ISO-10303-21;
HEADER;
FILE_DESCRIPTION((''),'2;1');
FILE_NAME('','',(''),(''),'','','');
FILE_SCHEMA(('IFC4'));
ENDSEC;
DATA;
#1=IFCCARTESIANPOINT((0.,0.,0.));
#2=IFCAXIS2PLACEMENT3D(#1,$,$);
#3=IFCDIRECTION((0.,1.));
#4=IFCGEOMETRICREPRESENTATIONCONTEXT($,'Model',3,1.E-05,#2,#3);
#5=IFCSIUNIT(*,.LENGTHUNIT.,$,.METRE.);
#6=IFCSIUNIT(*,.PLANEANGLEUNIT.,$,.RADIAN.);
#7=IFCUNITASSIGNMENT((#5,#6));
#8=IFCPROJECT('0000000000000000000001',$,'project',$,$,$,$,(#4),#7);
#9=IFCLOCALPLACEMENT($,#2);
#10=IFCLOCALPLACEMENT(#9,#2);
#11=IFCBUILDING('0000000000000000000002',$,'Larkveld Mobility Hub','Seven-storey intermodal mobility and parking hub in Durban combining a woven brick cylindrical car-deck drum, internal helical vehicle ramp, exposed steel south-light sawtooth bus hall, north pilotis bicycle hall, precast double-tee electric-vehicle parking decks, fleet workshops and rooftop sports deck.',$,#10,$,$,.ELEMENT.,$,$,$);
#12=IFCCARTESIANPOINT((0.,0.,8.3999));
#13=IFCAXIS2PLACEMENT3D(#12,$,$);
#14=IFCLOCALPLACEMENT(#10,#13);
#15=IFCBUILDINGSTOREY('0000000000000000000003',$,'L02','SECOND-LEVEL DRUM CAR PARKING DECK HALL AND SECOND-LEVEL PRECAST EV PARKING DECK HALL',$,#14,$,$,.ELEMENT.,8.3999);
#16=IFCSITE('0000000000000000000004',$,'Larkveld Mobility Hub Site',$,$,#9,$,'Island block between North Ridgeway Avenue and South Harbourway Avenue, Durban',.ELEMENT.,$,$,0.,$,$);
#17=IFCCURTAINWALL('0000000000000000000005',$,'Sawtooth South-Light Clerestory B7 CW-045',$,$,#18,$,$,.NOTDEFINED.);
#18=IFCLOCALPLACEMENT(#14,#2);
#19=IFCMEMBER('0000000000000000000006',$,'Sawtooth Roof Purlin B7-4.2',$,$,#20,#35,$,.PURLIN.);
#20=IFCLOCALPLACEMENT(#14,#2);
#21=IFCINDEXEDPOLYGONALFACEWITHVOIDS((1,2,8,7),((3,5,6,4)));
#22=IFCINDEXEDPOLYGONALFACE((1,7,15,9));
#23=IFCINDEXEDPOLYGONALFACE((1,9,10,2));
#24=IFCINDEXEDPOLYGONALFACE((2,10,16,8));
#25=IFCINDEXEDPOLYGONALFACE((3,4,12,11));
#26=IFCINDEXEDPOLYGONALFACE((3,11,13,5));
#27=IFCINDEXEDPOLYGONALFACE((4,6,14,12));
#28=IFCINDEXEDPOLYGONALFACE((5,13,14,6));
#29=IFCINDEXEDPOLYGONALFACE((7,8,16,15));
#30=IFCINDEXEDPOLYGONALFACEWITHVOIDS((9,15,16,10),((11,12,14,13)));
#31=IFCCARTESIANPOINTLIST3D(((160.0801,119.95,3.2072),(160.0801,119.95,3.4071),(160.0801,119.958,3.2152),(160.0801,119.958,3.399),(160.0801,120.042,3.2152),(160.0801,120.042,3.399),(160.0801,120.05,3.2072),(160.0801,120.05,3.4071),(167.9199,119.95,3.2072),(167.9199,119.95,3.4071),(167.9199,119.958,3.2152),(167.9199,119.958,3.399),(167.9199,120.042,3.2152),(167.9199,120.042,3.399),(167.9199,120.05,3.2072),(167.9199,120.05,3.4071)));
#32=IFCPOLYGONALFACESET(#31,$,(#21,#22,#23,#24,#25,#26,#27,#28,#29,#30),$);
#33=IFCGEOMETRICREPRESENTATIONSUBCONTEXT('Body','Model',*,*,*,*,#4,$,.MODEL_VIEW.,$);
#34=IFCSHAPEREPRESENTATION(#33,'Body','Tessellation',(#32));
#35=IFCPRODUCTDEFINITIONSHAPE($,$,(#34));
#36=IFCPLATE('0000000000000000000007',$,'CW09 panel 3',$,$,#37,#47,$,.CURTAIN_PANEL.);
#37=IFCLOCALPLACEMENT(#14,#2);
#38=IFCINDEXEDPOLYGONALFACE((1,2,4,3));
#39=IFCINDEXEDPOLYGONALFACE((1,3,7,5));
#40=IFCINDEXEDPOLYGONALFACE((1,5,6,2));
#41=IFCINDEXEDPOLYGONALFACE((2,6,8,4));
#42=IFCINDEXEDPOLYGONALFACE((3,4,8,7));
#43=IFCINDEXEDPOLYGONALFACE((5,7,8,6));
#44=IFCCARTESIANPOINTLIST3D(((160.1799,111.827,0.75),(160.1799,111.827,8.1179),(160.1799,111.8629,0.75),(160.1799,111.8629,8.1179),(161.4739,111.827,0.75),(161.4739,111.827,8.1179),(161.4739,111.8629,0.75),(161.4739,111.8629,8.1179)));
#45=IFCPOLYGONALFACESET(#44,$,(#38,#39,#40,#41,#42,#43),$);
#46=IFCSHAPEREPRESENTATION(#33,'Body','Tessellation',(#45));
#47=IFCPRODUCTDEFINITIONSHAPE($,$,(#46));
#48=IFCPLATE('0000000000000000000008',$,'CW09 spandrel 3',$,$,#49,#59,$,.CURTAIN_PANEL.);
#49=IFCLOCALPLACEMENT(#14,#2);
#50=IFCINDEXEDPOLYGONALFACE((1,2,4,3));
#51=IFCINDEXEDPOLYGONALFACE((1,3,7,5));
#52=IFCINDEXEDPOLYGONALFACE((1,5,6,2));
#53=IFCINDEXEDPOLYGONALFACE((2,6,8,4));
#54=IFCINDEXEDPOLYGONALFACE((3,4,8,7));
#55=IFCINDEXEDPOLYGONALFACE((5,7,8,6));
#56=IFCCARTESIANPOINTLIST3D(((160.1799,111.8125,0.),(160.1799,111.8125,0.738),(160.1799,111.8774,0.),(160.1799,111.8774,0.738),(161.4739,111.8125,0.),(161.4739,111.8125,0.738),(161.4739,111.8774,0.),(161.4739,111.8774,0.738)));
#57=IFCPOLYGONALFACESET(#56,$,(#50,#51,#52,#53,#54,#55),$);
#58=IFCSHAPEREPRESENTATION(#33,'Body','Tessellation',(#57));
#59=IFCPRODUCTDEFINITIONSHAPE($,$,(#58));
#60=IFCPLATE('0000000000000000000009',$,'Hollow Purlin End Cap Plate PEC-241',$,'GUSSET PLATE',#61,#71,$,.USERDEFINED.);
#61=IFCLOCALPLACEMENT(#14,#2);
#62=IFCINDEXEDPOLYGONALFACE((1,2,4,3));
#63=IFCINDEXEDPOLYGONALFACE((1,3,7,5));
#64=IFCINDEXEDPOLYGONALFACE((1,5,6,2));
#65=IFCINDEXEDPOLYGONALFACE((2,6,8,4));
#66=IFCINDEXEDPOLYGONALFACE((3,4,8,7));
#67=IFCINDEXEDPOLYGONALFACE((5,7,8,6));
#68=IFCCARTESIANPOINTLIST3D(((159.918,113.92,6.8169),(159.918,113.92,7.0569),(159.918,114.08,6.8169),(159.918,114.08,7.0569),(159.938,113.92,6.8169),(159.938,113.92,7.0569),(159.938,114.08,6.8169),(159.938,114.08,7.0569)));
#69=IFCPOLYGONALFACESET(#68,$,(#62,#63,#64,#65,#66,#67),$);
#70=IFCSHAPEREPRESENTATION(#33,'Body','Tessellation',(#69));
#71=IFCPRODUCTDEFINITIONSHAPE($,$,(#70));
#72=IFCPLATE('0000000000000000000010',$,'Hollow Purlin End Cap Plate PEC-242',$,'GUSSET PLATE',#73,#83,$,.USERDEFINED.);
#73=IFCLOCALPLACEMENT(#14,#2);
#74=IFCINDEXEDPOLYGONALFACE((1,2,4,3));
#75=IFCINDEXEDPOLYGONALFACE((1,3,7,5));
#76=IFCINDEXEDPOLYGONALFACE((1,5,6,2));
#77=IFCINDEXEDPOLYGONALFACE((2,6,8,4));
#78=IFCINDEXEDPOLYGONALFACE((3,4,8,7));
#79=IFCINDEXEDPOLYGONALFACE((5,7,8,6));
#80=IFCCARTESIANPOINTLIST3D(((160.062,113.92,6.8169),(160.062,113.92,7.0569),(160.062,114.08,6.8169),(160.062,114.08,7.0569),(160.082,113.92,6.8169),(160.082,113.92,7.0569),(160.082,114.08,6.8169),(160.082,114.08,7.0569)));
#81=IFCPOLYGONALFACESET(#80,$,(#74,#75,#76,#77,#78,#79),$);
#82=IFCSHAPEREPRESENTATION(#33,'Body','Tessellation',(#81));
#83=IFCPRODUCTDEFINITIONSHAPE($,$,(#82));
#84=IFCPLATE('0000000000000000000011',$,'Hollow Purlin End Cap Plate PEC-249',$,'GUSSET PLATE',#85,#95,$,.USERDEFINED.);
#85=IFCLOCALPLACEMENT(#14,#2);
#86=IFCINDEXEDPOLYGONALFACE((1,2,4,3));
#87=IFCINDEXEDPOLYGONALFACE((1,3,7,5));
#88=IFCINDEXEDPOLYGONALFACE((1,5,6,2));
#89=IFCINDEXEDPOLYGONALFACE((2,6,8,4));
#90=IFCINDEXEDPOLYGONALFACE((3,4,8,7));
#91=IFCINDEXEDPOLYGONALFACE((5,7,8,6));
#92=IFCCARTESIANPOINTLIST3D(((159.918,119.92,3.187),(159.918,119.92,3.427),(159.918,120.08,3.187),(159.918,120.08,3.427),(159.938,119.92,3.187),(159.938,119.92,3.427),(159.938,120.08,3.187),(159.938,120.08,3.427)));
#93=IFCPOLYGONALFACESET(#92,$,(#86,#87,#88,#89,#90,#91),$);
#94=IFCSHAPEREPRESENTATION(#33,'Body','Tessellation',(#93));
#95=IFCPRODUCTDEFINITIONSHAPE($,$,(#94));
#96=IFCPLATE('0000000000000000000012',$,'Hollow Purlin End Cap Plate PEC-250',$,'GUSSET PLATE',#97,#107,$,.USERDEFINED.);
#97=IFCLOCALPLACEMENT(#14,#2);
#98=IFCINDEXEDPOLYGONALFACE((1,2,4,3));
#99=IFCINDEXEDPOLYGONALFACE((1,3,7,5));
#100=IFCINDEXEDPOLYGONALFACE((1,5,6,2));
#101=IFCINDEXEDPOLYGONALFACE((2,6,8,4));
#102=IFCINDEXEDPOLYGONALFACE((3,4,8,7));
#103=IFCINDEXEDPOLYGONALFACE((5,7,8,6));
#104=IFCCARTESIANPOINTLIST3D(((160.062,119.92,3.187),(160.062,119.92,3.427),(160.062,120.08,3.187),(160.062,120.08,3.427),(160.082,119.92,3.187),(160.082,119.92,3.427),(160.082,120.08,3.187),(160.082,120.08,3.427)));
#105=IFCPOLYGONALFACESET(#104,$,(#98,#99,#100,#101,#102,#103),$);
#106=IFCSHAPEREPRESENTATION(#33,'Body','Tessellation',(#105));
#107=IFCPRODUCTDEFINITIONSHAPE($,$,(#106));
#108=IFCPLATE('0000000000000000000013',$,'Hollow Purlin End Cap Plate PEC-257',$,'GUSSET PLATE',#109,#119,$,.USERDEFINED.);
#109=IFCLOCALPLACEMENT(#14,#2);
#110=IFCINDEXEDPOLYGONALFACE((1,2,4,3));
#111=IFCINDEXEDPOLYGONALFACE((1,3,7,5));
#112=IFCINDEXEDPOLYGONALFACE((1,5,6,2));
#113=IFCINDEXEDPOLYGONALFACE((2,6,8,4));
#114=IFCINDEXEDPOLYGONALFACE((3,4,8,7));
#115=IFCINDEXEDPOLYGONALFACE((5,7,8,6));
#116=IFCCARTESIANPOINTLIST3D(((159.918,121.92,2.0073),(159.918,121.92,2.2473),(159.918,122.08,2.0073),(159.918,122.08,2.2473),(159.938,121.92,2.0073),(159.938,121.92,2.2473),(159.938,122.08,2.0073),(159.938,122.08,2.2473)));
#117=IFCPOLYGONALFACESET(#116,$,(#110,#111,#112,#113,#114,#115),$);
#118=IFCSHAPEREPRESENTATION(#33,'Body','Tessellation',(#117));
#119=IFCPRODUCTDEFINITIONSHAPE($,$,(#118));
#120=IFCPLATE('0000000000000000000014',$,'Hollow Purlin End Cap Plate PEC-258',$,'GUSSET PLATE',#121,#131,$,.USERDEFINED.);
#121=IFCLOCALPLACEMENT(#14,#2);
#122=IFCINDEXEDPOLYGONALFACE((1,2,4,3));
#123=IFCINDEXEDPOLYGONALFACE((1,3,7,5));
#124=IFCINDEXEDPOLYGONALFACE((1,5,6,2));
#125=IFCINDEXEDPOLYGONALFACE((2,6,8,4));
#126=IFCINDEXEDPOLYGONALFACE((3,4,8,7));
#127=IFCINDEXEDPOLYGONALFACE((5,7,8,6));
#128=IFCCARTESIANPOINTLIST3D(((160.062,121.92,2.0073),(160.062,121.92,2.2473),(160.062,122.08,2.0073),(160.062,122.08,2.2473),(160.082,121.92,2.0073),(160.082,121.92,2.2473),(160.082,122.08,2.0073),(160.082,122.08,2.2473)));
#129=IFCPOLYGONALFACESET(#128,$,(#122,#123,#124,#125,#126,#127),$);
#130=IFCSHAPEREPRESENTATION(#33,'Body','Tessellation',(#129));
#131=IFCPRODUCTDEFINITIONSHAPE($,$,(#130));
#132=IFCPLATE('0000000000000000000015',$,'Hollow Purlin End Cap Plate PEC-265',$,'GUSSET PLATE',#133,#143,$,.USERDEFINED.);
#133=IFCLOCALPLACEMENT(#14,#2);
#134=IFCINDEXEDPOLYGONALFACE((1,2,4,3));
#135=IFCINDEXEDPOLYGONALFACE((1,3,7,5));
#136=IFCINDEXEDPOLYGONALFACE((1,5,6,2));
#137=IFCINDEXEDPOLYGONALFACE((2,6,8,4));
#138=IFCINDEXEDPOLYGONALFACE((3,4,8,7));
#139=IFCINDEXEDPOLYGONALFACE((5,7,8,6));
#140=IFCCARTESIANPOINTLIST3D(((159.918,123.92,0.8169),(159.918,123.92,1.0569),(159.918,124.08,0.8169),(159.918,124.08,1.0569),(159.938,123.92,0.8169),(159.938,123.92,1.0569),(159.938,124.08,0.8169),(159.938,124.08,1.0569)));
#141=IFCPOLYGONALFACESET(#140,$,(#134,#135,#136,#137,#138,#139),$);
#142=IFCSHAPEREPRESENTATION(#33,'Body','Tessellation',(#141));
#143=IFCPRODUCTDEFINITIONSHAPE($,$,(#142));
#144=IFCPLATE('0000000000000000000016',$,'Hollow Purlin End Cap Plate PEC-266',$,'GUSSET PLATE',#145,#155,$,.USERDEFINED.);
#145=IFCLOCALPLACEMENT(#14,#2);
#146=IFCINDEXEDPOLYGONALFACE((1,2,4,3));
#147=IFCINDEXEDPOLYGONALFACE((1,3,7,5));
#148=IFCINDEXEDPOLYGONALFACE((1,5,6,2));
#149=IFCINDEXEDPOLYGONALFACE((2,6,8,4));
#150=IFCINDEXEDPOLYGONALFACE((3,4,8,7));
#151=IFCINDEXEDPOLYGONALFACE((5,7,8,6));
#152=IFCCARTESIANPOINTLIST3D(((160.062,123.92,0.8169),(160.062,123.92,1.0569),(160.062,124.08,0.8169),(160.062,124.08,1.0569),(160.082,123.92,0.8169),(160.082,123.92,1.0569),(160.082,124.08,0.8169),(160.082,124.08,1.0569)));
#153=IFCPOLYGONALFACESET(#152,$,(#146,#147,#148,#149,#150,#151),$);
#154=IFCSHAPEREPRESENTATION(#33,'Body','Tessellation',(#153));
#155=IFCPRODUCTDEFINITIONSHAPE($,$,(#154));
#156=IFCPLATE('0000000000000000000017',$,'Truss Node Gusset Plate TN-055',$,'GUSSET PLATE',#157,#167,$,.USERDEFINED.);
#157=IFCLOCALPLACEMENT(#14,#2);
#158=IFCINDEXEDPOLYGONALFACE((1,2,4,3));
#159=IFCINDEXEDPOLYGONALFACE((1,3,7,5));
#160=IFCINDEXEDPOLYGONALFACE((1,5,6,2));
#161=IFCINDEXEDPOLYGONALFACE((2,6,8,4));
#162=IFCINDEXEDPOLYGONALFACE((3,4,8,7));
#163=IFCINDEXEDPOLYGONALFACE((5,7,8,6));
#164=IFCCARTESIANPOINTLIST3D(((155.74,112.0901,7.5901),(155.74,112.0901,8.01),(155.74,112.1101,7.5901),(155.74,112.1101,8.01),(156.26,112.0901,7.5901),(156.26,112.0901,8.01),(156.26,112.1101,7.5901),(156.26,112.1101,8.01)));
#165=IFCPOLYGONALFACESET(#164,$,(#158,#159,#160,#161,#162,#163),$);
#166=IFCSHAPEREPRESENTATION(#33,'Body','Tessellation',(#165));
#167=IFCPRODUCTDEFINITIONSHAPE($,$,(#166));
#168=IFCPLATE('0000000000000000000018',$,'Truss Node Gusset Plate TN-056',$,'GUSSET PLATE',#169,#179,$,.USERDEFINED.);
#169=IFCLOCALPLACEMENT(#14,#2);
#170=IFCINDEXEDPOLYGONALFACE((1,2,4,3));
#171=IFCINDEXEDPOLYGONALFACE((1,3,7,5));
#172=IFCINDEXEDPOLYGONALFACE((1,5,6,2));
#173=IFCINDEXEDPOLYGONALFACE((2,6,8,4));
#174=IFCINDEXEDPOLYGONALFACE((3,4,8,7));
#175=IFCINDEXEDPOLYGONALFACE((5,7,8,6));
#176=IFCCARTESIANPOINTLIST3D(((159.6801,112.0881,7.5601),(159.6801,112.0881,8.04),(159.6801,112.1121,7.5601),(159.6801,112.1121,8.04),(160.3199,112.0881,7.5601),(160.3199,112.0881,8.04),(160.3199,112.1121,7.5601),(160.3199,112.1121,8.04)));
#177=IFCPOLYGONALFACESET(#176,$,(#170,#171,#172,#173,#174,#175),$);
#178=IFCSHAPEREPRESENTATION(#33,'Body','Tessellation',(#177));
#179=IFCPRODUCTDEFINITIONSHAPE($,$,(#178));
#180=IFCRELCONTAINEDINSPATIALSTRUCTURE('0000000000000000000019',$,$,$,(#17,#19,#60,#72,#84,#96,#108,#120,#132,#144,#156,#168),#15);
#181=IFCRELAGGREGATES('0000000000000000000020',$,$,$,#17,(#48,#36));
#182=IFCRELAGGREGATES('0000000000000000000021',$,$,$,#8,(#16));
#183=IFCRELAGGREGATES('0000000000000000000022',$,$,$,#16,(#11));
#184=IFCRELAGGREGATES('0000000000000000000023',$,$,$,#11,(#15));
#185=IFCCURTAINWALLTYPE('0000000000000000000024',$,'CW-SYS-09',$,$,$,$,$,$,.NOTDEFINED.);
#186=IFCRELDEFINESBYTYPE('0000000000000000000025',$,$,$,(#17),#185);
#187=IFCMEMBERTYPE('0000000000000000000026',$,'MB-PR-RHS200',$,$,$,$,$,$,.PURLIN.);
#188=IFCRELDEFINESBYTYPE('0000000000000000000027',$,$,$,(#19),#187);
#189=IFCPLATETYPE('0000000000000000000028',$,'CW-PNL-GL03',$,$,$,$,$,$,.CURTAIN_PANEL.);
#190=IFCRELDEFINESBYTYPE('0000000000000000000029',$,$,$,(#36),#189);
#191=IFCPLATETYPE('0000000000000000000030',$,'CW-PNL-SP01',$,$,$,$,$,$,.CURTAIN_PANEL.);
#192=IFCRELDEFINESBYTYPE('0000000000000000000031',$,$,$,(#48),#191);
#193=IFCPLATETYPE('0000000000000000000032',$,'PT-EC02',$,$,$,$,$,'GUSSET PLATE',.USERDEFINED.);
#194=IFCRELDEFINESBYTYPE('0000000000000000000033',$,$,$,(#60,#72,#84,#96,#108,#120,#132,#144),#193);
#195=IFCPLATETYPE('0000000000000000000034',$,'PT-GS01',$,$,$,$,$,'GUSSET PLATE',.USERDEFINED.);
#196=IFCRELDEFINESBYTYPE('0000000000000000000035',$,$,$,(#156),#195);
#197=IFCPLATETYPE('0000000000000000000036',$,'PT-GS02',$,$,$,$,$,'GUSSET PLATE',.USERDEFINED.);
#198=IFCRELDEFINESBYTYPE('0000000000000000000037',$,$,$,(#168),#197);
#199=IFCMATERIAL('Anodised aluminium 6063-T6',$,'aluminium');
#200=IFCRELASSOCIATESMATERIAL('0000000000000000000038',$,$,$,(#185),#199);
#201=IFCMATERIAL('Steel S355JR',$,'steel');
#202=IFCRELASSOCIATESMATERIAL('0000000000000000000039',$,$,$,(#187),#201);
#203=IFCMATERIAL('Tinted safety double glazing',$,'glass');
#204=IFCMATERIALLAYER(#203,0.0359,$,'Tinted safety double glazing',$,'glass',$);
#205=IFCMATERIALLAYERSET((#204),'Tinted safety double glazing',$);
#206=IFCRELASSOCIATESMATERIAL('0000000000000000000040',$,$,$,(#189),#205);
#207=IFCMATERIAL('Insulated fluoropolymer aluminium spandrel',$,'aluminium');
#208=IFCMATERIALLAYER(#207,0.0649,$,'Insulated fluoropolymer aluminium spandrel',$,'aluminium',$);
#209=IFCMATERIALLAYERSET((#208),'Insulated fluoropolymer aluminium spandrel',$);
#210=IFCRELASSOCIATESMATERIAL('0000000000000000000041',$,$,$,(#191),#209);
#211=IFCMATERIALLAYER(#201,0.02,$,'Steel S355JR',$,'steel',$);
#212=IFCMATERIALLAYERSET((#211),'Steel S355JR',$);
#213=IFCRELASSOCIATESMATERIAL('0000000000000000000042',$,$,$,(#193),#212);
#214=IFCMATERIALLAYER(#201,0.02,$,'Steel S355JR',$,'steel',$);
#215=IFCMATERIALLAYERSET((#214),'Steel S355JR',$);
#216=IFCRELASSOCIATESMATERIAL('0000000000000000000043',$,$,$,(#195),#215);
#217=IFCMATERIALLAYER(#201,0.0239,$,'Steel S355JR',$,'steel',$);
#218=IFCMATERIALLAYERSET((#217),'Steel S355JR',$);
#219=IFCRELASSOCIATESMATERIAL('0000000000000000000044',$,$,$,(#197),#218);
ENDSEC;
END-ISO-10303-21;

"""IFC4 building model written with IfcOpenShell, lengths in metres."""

from ifc_helpers import new_model, si_unit, direction, frame, origin, origin_2d, place, context, subcontext, project, spatial, rectangle, hollow_rectangle, extrude, material, layer, layer_set, material_profile, profile_set, type_object, element, aggregate, save


model = new_model("IFC4")

# Units and contexts
model_context = context("Model", 3, precision=1e-05, world=origin(), true_north=direction((0.0, 1.0)))
body_context = subcontext(model_context, "Body", "Model", "MODEL_VIEW")
ifc_project = project(units=[si_unit("LENGTHUNIT", "METRE"), si_unit("PLANEANGLEUNIT", "RADIAN")], contexts=[model_context])

# Site, building, storey
site_placement = place(None, origin())
site = spatial("IfcSite", under=ifc_project, at=site_placement, Name="Larkveld Mobility Hub Site", LongName="Island block between North Ridgeway Avenue and South Harbourway Avenue, Durban", CompositionType="ELEMENT", RefElevation=0.0)
building_placement = place(site_placement, origin())
building = spatial("IfcBuilding", under=site, at=building_placement, Name="Larkveld Mobility Hub", Description="Seven-storey intermodal mobility and parking hub in Durban combining a woven brick cylindrical car-deck drum, internal helical vehicle ramp, exposed steel south-light sawtooth bus hall, north pilotis bicycle hall, precast double-tee electric-vehicle parking decks, fleet workshops and rooftop sports deck.", CompositionType="ELEMENT")
storey_placement = place(building_placement, frame((0.0, 0.0, 8.3999)))
storey = spatial("IfcBuildingStorey", under=building, at=storey_placement, Name="L02", Description="SECOND-LEVEL DRUM CAR PARKING DECK HALL AND SECOND-LEVEL PRECAST EV PARKING DECK HALL", CompositionType="ELEMENT", Elevation=8.3999)

# Curtain wall
ifc_material_1 = material(Name="Anodised aluminium 6063-T6", Category="aluminium")
curtain_wall_type = type_object("IfcCurtainWallType", Name="CW-SYS-09", PredefinedType="NOTDEFINED", material=ifc_material_1)
curtain_wall_placement = place(storey_placement, origin())
curtain_wall = element("IfcCurtainWall", 1, at=curtain_wall_placement, inside=storey, type_object=curtain_wall_type, Name="Sawtooth South-Light Clerestory B7 CW-045", PredefinedType="NOTDEFINED")

# Member
ifc_material_2 = material(Name="Steel S355JR", Category="steel")
ifc_material_profile_1 = material_profile(ifc_material_2, hollow_rectangle(XDim=0.1001, YDim=0.2, WallThickness=0.0081, at=origin_2d()), Name="RHS 200x100x8")
ifc_profile_set_1 = profile_set([ifc_material_profile_1], Name="Steel S355JR")
member_type_1 = type_object("IfcMemberType", Name="MB-PR-RHS200", PredefinedType="PURLIN", material=ifc_profile_set_1)
member_1_placement = place(storey_placement, frame((160.0801, 120.0, 3.3071), z_axis=(1.0, 0.0, 0.0), x_axis=(0.0, 1.0, 0.0)))
element("IfcMember", 2, at=member_1_placement, inside=storey, type_object=member_type_1, Name="Sawtooth Roof Purlin B7-4.2", PredefinedType="PURLIN", context=body_context, shape_type="SweptSolid", body=[
    extrude(hollow_rectangle(XDim=0.1001, YDim=0.2, WallThickness=0.0081, at=origin_2d()), origin(), (0.0, 0.0, 1.0), 7.8398),
])

# Plates
ifc_material_3 = material(Name="Tinted safety double glazing", Category="glass")
ifc_layer_1 = layer(ifc_material_3, 0.0359, Name="Tinted safety double glazing", Category="glass")
ifc_layer_set_1 = layer_set([ifc_layer_1], Name="Tinted safety double glazing")
plate_type_1 = type_object("IfcPlateType", Name="CW-PNL-GL03", PredefinedType="CURTAIN_PANEL", material=ifc_layer_set_1)
plate_1_placement = place(storey_placement, frame((160.8269, 111.845, 0.75), z_axis=(0.0, 0.0, 1.0), x_axis=(1.0, 0.0, 0.0)))
plate_1 = element("IfcPlate", 3, at=plate_1_placement, type_object=plate_type_1, Name="CW09 panel 3", PredefinedType="CURTAIN_PANEL", context=body_context, shape_type="SweptSolid", body=[
    extrude(rectangle(XDim=1.2939, YDim=0.0359, at=origin_2d()), origin(), (0.0, 0.0, 1.0), 7.3679),
])
ifc_material_4 = material(Name="Insulated fluoropolymer aluminium spandrel", Category="aluminium")
ifc_layer_2 = layer(ifc_material_4, 0.0649, Name="Insulated fluoropolymer aluminium spandrel", Category="aluminium")
ifc_layer_set_2 = layer_set([ifc_layer_2], Name="Insulated fluoropolymer aluminium spandrel")
plate_type_2 = type_object("IfcPlateType", Name="CW-PNL-SP01", PredefinedType="CURTAIN_PANEL", material=ifc_layer_set_2)
plate_2_placement = place(storey_placement, frame((160.8269, 111.845, 0.0), z_axis=(0.0, 0.0, 1.0), x_axis=(1.0, 0.0, 0.0)))
plate_2 = element("IfcPlate", 4, at=plate_2_placement, type_object=plate_type_2, Name="CW09 spandrel 3", PredefinedType="CURTAIN_PANEL", context=body_context, shape_type="SweptSolid", body=[
    extrude(rectangle(XDim=1.2939, YDim=0.0649, at=origin_2d()), origin(), (0.0, 0.0, 1.0), 0.738),
])
aggregate(curtain_wall, [plate_2, plate_1])

# Plates
ifc_layer_3 = layer(ifc_material_2, 0.02, Name="Steel S355JR", Category="steel")
ifc_layer_set_3 = layer_set([ifc_layer_3], Name="Steel S355JR")
plate_type_3 = type_object("IfcPlateType", Name="PT-EC02", ElementType="GUSSET PLATE", PredefinedType="USERDEFINED", material=ifc_layer_set_3)
for number, where, z_axis, x_axis, name in (
    (5, (159.928, 114.0, 6.8169), (0.0, 0.0, 1.0), (1.0, 0.0, 0.0), "Hollow Purlin End Cap Plate PEC-241"),
    (6, (160.072, 114.0, 6.8169), (0.0, 0.0, 1.0), (1.0, 0.0, 0.0), "Hollow Purlin End Cap Plate PEC-242"),
    (7, (159.928, 120.0, 3.187), (0.0, 0.0, 1.0), (1.0, 0.0, 0.0), "Hollow Purlin End Cap Plate PEC-249"),
    (8, (160.072, 120.0, 3.187), (0.0, 0.0, 1.0), (1.0, 0.0, 0.0), "Hollow Purlin End Cap Plate PEC-250"),
    (9, (159.928, 122.0, 2.0073), (0.0, 0.0, 1.0), (1.0, 0.0, 0.0), "Hollow Purlin End Cap Plate PEC-257"),
    (10, (160.072, 122.0, 2.0073), (0.0, 0.0, 1.0), (1.0, 0.0, 0.0), "Hollow Purlin End Cap Plate PEC-258"),
    (11, (159.928, 124.0, 0.8169), (0.0, 0.0, 1.0), (1.0, 0.0, 0.0), "Hollow Purlin End Cap Plate PEC-265"),
    (12, (160.072, 124.0, 0.8169), (0.0, 0.0, 1.0), (1.0, 0.0, 0.0), "Hollow Purlin End Cap Plate PEC-266"),
):
    element("IfcPlate", number, at=place(storey_placement, frame(where, z_axis=z_axis, x_axis=x_axis)), inside=storey, type_object=plate_type_3, Name=name, ObjectType="GUSSET PLATE", PredefinedType="USERDEFINED", context=body_context, shape_type="SweptSolid", body=[
        extrude(rectangle(XDim=0.02, YDim=0.1599, at=origin_2d()), origin(), (0.0, 0.0, 1.0), 0.24),
    ])
ifc_layer_4 = layer(ifc_material_2, 0.02, Name="Steel S355JR", Category="steel")
ifc_layer_set_4 = layer_set([ifc_layer_4], Name="Steel S355JR")
plate_type_4 = type_object("IfcPlateType", Name="PT-GS01", ElementType="GUSSET PLATE", PredefinedType="USERDEFINED", material=ifc_layer_set_4)
plate_3_placement = place(storey_placement, frame((156.0, 112.1001, 7.5901), z_axis=(0.0, 0.0, 1.0), x_axis=(1.0, 0.0, 0.0)))
element("IfcPlate", 13, at=plate_3_placement, inside=storey, type_object=plate_type_4, Name="Truss Node Gusset Plate TN-055", ObjectType="GUSSET PLATE", PredefinedType="USERDEFINED", context=body_context, shape_type="SweptSolid", body=[
    extrude(rectangle(XDim=0.52, YDim=0.02, at=origin_2d()), origin(), (0.0, 0.0, 1.0), 0.4199),
])
ifc_layer_5 = layer(ifc_material_2, 0.0239, Name="Steel S355JR", Category="steel")
ifc_layer_set_5 = layer_set([ifc_layer_5], Name="Steel S355JR")
plate_type_5 = type_object("IfcPlateType", Name="PT-GS02", ElementType="GUSSET PLATE", PredefinedType="USERDEFINED", material=ifc_layer_set_5)
plate_4_placement = place(storey_placement, frame((160.0, 112.1001, 7.5601), z_axis=(0.0, 0.0, 1.0), x_axis=(1.0, 0.0, 0.0)))
element("IfcPlate", 14, at=plate_4_placement, inside=storey, type_object=plate_type_5, Name="Truss Node Gusset Plate TN-056", ObjectType="GUSSET PLATE", PredefinedType="USERDEFINED", context=body_context, shape_type="SweptSolid", body=[
    extrude(rectangle(XDim=0.6399, YDim=0.0239, at=origin_2d()), origin(), (0.0, 0.0, 1.0), 0.48),
])

save(model, "model.ifc")
